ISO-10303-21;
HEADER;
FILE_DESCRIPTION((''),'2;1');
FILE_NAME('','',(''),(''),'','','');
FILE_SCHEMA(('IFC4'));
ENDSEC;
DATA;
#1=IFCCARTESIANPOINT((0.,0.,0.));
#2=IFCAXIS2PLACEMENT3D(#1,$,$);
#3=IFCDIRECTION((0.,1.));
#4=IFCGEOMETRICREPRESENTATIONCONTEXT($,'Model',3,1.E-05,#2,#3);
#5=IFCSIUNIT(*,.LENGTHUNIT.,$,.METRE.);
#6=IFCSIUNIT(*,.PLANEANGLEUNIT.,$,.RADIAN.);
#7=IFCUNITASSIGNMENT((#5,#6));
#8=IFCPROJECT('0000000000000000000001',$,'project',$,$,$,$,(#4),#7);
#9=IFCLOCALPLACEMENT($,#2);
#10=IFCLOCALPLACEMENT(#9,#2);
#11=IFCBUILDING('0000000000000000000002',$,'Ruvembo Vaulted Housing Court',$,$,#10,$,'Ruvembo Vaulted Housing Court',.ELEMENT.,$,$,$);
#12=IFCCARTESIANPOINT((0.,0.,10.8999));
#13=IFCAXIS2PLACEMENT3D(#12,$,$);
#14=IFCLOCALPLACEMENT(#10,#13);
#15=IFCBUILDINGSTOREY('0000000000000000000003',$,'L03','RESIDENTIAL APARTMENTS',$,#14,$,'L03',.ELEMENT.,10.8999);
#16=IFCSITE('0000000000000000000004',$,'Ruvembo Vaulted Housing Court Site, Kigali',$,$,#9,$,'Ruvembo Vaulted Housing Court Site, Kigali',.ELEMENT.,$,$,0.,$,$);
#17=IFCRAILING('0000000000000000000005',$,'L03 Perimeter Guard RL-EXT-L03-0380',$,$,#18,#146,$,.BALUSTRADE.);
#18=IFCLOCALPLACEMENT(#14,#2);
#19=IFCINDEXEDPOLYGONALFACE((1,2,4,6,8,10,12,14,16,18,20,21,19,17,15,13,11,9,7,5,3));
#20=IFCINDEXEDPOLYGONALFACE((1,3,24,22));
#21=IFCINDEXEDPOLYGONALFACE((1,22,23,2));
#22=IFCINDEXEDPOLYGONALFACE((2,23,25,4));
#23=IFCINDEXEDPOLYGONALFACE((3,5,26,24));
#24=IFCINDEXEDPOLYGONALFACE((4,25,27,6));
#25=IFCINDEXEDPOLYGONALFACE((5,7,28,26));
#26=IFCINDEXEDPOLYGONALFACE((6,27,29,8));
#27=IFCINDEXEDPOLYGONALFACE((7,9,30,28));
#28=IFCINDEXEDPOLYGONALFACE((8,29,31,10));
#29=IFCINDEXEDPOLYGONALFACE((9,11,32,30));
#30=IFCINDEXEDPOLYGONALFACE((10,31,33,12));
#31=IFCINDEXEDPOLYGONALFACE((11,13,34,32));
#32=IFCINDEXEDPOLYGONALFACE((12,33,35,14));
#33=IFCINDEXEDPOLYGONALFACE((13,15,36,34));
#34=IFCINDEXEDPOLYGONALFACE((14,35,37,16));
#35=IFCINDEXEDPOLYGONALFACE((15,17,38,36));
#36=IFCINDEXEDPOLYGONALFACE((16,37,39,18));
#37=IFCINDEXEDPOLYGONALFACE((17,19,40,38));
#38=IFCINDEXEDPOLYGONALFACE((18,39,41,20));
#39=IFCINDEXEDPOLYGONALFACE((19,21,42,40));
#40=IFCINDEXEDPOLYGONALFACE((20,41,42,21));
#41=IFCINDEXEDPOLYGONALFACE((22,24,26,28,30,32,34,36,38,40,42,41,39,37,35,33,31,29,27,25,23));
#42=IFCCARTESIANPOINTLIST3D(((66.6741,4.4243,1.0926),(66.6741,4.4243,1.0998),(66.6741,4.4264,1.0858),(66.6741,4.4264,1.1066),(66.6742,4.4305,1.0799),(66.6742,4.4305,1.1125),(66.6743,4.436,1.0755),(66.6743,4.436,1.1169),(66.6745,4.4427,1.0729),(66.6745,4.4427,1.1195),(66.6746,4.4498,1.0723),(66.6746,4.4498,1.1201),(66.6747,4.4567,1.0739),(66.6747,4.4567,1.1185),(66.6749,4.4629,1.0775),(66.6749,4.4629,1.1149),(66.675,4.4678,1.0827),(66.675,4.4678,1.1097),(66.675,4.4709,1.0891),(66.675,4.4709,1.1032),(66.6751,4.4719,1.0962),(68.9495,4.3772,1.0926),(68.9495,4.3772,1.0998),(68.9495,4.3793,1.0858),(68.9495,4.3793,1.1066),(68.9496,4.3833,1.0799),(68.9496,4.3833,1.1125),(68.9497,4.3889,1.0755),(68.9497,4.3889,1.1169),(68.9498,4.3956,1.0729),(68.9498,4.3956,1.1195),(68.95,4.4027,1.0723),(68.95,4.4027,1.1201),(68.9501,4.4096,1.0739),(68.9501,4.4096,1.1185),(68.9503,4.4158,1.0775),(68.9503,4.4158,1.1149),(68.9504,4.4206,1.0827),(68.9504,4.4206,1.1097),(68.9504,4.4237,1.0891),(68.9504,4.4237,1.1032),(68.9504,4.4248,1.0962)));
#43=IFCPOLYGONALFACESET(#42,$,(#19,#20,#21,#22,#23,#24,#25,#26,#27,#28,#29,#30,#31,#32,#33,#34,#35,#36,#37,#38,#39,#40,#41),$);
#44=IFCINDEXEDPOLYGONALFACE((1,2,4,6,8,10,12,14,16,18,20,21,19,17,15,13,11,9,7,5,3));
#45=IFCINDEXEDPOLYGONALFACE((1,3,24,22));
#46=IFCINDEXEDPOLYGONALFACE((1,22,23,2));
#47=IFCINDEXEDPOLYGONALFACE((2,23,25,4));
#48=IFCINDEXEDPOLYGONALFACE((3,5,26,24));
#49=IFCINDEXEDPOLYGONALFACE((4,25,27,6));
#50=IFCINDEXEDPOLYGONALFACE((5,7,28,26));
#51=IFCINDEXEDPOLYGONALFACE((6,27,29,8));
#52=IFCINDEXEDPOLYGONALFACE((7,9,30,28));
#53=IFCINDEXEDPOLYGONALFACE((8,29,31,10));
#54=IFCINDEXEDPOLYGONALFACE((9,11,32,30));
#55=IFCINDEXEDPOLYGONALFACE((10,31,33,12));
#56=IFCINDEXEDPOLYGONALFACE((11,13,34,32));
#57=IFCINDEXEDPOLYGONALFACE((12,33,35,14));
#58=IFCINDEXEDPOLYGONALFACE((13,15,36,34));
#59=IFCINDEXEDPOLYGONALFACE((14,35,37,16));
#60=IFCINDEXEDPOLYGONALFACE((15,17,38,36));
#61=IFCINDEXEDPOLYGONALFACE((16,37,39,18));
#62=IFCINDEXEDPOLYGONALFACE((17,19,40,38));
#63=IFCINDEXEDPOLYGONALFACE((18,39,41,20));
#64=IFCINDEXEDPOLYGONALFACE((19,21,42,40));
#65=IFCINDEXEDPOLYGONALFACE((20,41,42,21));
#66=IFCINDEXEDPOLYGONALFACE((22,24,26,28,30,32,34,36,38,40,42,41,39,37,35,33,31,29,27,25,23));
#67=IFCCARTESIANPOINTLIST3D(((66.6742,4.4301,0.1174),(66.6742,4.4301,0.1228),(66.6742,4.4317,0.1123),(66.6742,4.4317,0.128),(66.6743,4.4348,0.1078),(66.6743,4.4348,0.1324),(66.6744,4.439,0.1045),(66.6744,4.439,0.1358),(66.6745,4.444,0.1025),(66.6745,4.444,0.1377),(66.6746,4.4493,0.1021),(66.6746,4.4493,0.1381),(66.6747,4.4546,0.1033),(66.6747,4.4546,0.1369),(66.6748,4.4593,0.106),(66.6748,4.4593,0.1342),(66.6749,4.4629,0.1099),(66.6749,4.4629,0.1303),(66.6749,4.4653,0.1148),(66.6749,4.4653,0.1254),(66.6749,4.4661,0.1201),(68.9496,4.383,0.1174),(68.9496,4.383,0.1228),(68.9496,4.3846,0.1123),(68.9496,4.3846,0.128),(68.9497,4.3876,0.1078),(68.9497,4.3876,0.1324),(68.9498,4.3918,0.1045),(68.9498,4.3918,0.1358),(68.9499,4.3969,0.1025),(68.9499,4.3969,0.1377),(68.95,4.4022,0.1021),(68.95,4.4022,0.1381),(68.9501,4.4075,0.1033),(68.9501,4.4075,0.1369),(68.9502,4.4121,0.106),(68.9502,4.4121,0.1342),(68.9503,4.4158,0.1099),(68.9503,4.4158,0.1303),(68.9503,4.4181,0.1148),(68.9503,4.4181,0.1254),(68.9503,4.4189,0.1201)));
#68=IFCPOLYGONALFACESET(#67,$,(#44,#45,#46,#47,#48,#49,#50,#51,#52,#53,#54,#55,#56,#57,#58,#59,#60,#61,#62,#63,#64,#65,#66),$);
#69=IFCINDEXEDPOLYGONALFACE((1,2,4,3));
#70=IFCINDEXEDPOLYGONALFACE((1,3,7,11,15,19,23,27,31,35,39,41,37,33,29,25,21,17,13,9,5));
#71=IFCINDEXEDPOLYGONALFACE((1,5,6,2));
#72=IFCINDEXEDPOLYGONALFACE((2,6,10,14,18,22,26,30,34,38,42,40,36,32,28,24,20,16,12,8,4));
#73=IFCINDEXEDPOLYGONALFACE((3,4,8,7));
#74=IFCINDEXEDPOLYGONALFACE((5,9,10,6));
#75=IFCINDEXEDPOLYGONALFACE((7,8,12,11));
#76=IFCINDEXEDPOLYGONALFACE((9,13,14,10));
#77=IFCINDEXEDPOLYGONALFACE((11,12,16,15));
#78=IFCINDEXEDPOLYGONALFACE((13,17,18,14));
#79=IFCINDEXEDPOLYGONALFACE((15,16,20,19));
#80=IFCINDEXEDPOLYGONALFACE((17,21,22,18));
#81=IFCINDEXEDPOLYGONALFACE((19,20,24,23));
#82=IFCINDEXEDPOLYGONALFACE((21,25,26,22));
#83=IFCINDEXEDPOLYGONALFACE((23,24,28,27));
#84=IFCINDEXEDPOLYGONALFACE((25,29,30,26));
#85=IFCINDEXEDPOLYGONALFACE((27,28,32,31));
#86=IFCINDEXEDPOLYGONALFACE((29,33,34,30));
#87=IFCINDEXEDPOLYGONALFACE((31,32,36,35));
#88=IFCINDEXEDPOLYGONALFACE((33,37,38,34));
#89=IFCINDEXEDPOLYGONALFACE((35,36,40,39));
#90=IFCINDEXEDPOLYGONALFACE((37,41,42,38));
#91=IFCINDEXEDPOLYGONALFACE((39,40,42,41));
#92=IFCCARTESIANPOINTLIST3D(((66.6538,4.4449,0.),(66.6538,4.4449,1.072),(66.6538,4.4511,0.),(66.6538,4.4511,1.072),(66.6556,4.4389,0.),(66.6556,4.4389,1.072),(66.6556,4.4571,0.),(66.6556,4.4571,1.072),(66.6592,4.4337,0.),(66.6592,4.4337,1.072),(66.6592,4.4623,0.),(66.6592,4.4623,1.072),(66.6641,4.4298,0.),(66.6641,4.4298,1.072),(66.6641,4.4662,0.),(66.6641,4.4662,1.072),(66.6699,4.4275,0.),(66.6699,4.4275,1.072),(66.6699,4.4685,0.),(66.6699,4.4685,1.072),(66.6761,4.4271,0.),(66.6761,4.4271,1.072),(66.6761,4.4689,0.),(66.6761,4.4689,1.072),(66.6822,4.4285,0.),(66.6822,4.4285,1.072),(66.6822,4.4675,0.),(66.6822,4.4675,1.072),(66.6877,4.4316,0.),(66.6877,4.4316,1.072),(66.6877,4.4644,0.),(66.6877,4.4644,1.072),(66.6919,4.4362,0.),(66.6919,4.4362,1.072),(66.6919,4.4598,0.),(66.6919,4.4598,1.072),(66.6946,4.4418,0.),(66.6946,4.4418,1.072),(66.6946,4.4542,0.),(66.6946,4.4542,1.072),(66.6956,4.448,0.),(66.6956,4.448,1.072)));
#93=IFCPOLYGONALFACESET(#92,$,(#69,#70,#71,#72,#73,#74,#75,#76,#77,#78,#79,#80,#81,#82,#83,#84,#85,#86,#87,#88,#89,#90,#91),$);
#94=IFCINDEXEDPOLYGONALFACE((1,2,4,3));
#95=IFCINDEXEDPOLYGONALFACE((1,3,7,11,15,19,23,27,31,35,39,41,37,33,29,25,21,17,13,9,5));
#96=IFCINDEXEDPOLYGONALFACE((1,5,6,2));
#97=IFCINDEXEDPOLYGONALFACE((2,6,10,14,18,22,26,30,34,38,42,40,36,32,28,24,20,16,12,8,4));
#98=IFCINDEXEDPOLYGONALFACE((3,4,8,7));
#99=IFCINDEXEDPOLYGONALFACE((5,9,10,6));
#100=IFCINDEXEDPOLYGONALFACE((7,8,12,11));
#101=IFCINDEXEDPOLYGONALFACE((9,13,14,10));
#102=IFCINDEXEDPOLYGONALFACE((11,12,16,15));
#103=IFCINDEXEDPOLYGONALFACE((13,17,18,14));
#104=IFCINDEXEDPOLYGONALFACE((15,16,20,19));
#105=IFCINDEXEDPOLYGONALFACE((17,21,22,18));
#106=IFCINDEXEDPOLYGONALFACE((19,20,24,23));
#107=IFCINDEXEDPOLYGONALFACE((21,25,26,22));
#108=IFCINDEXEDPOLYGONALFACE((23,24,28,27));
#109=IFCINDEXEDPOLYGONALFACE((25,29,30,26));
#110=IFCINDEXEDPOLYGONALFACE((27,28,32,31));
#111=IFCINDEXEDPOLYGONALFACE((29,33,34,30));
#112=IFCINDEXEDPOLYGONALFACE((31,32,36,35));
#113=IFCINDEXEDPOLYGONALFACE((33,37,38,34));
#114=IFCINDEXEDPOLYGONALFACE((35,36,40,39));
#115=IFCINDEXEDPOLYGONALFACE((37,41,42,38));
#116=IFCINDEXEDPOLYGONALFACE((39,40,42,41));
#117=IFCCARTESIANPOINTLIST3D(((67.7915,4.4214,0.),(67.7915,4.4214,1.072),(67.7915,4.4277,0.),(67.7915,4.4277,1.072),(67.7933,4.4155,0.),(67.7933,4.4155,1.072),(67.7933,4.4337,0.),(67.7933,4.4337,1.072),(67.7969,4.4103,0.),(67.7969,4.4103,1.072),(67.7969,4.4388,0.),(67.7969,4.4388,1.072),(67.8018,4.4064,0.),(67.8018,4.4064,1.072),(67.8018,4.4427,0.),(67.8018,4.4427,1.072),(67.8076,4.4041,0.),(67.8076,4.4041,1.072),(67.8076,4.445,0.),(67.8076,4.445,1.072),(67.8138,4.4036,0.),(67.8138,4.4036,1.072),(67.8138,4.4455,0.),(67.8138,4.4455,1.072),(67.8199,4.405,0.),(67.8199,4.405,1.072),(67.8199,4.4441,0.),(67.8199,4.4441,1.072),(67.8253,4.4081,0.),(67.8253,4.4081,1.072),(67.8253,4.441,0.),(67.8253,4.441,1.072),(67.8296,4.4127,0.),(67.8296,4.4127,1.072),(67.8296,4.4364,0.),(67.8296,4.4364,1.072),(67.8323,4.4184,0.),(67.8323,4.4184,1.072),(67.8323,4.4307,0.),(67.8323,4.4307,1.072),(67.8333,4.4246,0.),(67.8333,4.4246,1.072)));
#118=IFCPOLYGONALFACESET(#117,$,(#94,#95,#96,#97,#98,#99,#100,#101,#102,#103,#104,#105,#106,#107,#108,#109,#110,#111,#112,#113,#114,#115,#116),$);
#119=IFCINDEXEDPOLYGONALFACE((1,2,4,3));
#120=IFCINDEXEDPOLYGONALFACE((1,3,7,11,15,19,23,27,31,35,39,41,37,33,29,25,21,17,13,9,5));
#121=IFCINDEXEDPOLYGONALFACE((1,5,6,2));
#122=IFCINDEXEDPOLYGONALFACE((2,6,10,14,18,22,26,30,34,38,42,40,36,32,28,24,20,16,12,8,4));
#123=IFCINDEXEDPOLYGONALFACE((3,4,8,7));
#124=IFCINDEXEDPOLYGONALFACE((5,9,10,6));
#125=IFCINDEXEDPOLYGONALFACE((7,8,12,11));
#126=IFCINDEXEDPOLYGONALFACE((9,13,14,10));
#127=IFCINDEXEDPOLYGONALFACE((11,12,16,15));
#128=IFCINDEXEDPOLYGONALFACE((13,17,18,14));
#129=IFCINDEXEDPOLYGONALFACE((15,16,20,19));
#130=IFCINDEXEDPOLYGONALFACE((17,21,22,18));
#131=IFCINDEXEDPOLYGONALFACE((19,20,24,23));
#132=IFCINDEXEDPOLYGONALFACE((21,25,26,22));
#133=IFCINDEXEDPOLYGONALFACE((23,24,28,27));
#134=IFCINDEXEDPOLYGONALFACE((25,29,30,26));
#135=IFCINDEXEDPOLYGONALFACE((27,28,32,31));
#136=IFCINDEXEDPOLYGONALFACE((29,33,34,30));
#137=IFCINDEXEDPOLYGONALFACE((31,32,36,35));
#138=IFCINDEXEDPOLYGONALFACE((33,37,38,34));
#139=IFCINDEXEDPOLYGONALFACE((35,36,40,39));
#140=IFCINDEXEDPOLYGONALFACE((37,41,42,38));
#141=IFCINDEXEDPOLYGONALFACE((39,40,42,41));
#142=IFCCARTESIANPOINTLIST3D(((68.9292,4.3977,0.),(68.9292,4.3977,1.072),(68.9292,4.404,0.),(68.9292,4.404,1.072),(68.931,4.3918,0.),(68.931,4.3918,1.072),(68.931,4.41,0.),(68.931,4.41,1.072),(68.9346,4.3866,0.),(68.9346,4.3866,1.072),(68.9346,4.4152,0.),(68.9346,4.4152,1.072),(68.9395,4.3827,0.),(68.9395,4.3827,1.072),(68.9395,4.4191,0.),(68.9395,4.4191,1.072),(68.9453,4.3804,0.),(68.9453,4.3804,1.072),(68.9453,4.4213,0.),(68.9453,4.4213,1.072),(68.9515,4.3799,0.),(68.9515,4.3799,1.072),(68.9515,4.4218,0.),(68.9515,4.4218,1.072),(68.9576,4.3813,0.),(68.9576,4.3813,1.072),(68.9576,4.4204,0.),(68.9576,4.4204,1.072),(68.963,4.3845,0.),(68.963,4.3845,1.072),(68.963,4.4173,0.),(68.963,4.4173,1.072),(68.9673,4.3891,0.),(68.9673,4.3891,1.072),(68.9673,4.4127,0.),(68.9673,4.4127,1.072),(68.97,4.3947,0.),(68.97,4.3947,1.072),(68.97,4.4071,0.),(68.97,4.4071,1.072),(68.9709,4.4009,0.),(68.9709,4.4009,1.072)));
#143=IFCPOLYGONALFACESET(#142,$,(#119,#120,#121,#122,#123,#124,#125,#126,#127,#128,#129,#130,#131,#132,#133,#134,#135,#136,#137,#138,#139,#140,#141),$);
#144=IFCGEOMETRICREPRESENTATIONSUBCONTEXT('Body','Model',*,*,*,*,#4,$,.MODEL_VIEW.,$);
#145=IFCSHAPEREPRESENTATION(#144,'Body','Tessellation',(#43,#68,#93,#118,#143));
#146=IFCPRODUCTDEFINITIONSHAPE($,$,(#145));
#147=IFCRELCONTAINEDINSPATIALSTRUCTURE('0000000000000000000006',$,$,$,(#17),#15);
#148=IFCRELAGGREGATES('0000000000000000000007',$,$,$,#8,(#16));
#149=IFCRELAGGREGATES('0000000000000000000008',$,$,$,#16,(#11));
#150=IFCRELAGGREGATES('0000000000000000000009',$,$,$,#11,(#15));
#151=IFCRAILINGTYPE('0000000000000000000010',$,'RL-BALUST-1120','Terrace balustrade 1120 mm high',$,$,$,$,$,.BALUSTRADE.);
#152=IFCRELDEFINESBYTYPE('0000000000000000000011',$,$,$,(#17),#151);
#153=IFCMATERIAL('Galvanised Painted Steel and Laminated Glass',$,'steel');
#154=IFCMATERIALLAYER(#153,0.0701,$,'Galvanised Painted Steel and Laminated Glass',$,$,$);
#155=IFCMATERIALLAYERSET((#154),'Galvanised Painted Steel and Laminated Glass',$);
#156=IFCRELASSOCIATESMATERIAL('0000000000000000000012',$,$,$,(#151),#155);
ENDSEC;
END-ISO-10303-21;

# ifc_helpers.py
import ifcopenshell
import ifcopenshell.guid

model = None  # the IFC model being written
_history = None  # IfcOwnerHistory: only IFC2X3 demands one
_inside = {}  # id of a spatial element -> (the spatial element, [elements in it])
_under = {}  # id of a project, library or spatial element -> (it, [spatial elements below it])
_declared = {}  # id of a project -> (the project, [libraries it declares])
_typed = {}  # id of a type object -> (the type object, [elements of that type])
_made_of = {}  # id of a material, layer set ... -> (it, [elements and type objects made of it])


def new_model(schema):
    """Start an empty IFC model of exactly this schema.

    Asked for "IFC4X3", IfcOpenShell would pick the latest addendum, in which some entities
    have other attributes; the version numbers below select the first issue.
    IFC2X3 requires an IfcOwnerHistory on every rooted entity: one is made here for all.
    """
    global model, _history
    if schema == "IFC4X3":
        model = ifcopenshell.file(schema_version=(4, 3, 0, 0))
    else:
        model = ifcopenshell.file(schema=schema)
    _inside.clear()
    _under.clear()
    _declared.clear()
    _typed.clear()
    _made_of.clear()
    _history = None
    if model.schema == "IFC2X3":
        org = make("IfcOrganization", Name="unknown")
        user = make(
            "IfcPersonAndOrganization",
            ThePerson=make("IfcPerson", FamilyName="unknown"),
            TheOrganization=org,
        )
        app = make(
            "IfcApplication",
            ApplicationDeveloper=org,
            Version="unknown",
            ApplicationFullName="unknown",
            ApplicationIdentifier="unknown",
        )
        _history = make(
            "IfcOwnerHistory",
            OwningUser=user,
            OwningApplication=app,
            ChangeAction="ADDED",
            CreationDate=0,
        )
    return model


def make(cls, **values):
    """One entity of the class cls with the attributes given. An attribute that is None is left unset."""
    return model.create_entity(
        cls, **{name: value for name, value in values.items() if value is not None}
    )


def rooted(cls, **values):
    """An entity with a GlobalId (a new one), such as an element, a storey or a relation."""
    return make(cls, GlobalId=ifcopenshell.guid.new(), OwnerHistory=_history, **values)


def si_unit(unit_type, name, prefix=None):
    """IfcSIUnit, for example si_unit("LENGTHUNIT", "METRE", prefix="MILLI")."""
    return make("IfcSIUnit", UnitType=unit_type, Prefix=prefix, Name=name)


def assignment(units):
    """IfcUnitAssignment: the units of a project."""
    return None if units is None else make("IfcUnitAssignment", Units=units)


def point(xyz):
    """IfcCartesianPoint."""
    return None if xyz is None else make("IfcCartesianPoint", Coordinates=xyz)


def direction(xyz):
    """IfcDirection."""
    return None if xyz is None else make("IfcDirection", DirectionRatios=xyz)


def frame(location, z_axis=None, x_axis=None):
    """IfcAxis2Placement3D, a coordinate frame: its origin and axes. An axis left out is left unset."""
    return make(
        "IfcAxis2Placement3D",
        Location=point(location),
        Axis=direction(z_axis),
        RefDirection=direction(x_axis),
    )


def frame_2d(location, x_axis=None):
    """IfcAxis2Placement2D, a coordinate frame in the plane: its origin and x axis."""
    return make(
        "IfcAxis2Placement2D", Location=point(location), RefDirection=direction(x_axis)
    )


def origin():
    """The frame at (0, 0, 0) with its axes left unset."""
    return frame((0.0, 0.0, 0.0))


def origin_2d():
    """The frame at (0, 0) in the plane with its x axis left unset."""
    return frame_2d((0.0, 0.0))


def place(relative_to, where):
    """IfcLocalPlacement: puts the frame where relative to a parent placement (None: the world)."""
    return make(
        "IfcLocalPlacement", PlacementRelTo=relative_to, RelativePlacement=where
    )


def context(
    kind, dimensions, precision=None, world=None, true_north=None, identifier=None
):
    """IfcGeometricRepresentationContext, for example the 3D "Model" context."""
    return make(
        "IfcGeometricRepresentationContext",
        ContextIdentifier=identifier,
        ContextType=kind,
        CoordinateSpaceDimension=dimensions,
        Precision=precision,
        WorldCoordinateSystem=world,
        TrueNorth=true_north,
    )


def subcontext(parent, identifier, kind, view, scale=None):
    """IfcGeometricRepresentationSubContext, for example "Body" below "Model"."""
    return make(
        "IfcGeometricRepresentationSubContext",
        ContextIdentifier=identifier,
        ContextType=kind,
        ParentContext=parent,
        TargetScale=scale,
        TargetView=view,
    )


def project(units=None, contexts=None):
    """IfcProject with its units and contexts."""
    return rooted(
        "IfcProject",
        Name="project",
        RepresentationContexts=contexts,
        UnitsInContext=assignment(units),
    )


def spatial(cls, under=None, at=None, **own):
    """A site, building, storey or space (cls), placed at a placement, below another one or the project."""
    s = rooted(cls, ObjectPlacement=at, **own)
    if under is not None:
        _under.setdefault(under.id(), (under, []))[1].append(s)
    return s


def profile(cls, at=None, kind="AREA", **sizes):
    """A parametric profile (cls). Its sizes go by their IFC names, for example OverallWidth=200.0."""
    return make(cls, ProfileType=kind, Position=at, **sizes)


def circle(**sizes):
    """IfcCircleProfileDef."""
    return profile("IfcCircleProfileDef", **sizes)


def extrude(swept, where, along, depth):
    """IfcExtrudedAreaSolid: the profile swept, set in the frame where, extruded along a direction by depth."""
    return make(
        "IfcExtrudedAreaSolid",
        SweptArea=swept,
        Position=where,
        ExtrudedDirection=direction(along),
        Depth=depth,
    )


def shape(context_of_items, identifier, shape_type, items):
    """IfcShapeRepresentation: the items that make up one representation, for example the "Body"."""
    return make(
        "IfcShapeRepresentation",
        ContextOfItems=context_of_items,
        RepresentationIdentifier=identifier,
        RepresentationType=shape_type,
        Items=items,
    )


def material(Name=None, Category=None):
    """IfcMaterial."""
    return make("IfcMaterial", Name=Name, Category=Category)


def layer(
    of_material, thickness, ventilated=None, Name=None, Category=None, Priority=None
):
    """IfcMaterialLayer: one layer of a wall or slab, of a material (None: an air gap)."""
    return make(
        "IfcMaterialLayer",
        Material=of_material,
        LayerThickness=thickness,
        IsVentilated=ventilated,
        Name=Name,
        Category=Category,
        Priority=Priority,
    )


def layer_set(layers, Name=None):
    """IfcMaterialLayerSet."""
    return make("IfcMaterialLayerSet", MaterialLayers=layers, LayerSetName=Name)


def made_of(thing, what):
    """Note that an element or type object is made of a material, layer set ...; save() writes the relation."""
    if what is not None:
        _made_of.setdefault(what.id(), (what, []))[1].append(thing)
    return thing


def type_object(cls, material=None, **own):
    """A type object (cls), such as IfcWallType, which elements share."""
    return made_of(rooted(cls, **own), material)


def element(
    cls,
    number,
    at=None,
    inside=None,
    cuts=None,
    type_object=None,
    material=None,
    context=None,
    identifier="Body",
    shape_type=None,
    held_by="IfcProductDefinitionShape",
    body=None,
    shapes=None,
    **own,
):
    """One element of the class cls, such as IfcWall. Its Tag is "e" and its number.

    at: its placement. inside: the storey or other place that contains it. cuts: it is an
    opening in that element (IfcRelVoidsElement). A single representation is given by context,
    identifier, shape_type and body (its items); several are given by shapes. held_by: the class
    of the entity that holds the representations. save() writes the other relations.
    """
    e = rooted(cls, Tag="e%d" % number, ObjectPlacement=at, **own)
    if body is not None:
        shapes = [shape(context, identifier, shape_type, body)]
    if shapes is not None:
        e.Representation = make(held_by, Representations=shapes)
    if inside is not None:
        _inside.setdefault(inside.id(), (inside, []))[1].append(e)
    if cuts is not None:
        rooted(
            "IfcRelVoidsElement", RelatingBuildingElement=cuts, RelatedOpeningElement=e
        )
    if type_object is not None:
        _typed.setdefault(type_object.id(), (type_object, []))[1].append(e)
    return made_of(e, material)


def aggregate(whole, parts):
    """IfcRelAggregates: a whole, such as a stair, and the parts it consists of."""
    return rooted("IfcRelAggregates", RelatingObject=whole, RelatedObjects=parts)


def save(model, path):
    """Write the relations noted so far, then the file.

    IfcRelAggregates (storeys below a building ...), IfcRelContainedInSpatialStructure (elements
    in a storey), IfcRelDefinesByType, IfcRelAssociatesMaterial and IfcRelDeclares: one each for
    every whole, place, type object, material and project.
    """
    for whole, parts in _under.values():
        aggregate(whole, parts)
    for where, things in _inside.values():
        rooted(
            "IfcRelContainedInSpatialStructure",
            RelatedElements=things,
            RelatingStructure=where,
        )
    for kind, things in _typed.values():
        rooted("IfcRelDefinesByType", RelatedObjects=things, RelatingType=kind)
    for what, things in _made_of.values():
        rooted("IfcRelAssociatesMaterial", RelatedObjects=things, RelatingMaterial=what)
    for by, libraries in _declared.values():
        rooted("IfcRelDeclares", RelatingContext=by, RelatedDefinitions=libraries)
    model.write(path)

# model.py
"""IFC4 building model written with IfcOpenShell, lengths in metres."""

from ifc_helpers import new_model, si_unit, direction, frame, origin, origin_2d, place, context, subcontext, project, spatial, circle, extrude, material, layer, layer_set, type_object, element, save


model = new_model("IFC4")

# Units and contexts
model_context = context("Model", 3, precision=1e-05, world=origin(), true_north=direction((0.0, 1.0)))
body_context = subcontext(model_context, "Body", "Model", "MODEL_VIEW")
ifc_project = project(units=[si_unit("LENGTHUNIT", "METRE"), si_unit("PLANEANGLEUNIT", "RADIAN")], contexts=[model_context])

# Site, building, storey
site_placement = place(None, origin())
site = spatial("IfcSite", under=ifc_project, at=site_placement, Name="Ruvembo Vaulted Housing Court Site, Kigali", LongName="Ruvembo Vaulted Housing Court Site, Kigali", CompositionType="ELEMENT", RefElevation=0.0)
building_placement = place(site_placement, origin())
building = spatial("IfcBuilding", under=site, at=building_placement, Name="Ruvembo Vaulted Housing Court", LongName="Ruvembo Vaulted Housing Court", CompositionType="ELEMENT")
storey_placement = place(building_placement, frame((0.0, 0.0, 10.8999)))
storey = spatial("IfcBuildingStorey", under=building, at=storey_placement, Name="L03", Description="RESIDENTIAL APARTMENTS", LongName="L03", CompositionType="ELEMENT", Elevation=10.8999)

# Railing
ifc_material_1 = material(Name="Galvanised Painted Steel and Laminated Glass", Category="steel")
ifc_layer_1 = layer(ifc_material_1, 0.0701, Name="Galvanised Painted Steel and Laminated Glass")
ifc_layer_set_1 = layer_set([ifc_layer_1], Name="Galvanised Painted Steel and Laminated Glass")
railing_type = type_object("IfcRailingType", Name="RL-BALUST-1120", Description="Terrace balustrade 1120 mm high", PredefinedType="BALUSTRADE", material=ifc_layer_set_1)
railing_1_placement = place(storey_placement, frame((66.6746, 4.448, 0.0)))
element("IfcRailing", 1, at=railing_1_placement, inside=storey, type_object=railing_type, Name="L03 Perimeter Guard RL-EXT-L03-0380", PredefinedType="BALUSTRADE", context=body_context, shape_type="SweptSolid", body=[
    extrude(circle(Radius=0.0239, at=origin_2d()), frame((0.0, 0.0, 1.0962), z_axis=(0.999786, -0.020704, 0.0), x_axis=(0.020704, 0.999786, 0.0)), (0.0, 0.0, 1.0), 2.2759),
    extrude(circle(Radius=0.0181, at=origin_2d()), frame((0.0, 0.0, 0.1201), z_axis=(0.999786, -0.020704, 0.0), x_axis=(0.020704, 0.999786, 0.0)), (0.0, 0.0, 1.0), 2.2759),
    extrude(circle(Radius=0.021, at=origin_2d()), origin(), (0.0, 0.0, 1.0), 1.072),
    extrude(circle(Radius=0.021, at=origin_2d()), frame((1.1377, -0.0234, 0.0)), (0.0, 0.0, 1.0), 1.072),
    extrude(circle(Radius=0.021, at=origin_2d()), frame((2.2754, -0.0471, 0.0)), (0.0, 0.0, 1.0), 1.072),
])

save(model, "model.ifc")
